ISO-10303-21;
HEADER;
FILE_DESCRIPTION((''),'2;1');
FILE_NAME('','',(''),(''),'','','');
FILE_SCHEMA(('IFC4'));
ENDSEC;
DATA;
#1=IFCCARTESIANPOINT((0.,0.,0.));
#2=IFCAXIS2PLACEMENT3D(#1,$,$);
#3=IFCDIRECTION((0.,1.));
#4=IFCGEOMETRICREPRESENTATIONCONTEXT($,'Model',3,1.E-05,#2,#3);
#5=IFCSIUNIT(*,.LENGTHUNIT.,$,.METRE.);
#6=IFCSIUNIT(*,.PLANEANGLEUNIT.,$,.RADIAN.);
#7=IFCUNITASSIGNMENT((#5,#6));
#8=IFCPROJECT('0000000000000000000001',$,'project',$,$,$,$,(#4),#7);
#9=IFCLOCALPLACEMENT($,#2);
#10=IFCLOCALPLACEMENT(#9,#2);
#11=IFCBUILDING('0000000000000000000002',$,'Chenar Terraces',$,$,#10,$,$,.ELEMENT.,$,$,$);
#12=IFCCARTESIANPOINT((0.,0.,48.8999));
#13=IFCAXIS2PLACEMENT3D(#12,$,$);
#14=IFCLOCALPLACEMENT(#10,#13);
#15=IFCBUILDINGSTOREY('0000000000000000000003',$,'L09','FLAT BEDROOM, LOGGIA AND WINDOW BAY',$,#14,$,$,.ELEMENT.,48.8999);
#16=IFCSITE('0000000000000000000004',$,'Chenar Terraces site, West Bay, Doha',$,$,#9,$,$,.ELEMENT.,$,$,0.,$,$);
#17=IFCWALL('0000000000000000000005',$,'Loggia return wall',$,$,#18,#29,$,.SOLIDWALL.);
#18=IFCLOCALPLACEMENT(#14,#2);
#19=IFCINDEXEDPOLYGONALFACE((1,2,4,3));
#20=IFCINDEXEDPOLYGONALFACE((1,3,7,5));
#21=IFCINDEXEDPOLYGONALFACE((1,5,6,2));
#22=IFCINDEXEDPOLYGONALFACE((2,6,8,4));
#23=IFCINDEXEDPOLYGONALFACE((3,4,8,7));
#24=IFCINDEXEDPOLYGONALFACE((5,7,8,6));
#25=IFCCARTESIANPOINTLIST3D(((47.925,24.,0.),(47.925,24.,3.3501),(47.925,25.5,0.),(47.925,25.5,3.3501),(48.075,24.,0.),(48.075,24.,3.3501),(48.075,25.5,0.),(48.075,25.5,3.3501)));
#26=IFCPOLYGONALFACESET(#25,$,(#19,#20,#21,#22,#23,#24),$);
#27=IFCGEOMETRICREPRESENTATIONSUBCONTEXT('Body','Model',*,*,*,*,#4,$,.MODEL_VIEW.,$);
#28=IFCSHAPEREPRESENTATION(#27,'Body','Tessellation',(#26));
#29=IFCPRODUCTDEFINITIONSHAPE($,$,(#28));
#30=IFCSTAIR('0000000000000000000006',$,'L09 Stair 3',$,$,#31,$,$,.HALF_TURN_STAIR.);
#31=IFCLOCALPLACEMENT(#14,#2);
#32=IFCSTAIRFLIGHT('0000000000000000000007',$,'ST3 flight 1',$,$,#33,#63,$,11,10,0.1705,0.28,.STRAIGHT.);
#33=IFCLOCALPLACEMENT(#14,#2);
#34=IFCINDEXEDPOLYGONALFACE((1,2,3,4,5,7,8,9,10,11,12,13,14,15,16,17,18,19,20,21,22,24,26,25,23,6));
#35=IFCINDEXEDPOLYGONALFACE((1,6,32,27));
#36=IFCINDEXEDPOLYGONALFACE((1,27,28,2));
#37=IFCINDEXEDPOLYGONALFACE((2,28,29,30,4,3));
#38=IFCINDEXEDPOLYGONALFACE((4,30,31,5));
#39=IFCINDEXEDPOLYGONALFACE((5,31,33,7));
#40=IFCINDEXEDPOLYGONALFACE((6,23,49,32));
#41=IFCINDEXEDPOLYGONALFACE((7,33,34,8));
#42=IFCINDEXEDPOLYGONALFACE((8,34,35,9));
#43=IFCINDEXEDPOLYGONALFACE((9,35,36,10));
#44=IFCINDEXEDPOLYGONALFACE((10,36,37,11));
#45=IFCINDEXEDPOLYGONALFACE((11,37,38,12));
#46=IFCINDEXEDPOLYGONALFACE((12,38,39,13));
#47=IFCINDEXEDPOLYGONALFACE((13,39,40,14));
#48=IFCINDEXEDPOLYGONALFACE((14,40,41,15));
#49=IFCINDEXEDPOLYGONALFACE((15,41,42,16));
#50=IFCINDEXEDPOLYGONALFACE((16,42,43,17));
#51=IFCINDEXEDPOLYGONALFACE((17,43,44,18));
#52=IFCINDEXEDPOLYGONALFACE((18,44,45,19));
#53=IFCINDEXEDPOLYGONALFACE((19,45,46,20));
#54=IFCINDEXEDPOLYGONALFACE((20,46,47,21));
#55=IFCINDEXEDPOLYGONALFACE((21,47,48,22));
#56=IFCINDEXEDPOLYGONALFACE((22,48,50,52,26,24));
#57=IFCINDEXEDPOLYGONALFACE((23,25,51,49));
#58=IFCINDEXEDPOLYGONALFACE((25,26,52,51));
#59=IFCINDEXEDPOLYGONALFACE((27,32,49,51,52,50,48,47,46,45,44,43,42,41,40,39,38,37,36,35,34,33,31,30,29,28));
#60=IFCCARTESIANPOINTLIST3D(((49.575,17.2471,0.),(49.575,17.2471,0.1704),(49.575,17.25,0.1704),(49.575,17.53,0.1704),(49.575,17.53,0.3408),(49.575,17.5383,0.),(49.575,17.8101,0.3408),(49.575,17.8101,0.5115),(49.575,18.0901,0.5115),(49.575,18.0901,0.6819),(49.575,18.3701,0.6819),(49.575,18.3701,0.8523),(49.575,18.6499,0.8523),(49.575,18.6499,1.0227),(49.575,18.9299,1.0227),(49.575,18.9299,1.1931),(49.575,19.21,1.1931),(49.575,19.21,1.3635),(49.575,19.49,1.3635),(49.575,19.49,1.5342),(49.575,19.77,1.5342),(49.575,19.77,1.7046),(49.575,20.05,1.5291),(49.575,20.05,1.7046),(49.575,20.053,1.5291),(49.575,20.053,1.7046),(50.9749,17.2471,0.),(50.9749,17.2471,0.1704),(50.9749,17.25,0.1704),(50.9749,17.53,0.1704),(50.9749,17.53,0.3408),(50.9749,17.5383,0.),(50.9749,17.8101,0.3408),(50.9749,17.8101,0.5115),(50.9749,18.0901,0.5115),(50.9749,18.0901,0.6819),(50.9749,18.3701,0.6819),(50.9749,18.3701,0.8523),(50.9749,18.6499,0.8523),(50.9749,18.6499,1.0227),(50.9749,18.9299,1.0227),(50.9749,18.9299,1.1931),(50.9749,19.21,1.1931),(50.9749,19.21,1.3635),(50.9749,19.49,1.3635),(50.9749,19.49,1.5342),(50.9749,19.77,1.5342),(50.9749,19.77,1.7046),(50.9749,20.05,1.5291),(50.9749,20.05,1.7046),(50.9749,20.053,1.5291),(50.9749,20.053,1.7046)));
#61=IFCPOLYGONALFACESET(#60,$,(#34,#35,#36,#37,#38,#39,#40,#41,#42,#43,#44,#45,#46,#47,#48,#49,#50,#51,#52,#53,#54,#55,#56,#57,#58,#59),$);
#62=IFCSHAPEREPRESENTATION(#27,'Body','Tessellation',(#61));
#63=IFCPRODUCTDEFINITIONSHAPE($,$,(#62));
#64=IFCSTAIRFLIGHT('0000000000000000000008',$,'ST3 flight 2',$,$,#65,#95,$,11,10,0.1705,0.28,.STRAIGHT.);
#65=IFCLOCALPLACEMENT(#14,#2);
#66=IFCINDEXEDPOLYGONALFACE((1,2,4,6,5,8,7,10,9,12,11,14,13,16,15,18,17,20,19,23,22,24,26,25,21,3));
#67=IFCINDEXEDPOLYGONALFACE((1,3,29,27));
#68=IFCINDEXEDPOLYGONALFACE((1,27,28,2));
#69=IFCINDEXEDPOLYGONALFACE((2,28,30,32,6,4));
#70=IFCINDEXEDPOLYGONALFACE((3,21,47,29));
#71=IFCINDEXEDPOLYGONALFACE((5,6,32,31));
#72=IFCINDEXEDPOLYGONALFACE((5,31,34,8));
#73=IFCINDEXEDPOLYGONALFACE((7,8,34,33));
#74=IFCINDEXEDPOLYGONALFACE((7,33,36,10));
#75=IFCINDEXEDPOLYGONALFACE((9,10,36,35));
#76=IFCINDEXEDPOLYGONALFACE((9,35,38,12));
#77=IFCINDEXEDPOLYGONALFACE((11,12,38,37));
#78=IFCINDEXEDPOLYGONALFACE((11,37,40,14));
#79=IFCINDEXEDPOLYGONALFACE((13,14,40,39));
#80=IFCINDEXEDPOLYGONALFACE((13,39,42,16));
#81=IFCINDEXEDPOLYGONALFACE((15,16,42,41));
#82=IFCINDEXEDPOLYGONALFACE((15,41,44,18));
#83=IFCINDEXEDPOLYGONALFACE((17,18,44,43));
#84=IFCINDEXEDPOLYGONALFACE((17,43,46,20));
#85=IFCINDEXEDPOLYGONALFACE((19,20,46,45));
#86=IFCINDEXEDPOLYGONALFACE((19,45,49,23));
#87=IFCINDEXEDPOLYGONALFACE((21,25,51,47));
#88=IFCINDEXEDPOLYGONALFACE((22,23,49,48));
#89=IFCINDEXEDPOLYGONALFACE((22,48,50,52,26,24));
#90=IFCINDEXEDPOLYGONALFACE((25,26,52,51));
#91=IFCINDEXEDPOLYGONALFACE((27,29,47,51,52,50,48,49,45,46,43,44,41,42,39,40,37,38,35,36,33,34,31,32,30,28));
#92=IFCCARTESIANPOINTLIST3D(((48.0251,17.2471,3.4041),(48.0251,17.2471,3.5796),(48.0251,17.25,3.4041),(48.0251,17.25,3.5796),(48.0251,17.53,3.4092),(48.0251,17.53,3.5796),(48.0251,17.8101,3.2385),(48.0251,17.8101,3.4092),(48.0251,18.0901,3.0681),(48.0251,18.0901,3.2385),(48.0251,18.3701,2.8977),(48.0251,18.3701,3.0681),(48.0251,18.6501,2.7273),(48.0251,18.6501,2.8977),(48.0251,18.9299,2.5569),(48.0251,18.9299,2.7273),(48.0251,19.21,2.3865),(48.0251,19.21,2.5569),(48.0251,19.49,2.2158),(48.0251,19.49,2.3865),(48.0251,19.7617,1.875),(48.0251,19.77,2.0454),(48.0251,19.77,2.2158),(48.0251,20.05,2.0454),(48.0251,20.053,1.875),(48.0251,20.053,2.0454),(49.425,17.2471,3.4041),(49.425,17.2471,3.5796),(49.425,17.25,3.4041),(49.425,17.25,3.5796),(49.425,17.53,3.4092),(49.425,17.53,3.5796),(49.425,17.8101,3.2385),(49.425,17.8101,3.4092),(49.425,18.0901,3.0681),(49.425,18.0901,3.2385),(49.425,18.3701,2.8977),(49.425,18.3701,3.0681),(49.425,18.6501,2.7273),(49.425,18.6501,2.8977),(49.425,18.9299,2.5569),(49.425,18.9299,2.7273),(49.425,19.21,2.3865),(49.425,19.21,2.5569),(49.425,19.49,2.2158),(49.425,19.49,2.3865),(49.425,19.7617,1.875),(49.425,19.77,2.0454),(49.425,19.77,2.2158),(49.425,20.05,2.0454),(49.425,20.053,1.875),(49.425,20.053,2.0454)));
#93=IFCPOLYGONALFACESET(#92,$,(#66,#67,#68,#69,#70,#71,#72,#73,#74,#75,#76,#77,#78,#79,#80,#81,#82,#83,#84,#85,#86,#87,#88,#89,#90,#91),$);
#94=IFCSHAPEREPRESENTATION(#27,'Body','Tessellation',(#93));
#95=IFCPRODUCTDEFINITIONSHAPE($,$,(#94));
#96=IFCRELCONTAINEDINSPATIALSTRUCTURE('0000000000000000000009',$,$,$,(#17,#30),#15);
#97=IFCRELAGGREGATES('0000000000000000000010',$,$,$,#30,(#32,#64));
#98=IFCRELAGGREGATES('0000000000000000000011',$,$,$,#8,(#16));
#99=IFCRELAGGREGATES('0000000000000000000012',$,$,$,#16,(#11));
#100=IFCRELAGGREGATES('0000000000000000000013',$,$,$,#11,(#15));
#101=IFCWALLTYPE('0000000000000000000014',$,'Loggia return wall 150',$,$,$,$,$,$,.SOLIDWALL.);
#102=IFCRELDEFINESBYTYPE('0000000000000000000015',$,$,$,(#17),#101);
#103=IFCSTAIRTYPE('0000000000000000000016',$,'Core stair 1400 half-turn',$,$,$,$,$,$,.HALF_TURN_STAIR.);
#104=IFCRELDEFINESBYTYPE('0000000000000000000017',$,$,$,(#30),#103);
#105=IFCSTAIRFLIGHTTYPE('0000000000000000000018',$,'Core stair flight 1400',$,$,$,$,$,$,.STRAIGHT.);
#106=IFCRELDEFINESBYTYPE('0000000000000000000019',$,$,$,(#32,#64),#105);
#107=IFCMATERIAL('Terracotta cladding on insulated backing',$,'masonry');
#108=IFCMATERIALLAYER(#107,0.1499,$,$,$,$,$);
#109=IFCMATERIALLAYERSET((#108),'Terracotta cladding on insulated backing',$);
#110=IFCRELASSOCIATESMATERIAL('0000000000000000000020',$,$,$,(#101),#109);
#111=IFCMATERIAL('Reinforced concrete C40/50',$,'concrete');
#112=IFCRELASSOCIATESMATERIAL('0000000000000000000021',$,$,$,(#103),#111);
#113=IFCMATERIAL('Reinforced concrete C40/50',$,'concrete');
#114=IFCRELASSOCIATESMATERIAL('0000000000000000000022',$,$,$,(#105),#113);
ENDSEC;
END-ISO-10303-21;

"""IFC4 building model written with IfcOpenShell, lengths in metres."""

from ifc_helpers import new_model, si_unit, direction, frame, frame_2d, origin, place, context, subcontext, project, spatial, polyline, rectangle, outline, extrude, material, layer, layer_set, type_object, element, aggregate, save


model = new_model("IFC4")

# Units and contexts
model_context = context("Model", 3, precision=1e-05, world=origin(), true_north=direction((0.0, 1.0)))
body_context = subcontext(model_context, "Body", "Model", "MODEL_VIEW")
ifc_project = project(units=[si_unit("LENGTHUNIT", "METRE"), si_unit("PLANEANGLEUNIT", "RADIAN")], contexts=[model_context])

# Site, building, storey
site_placement = place(None, origin())
site = spatial("IfcSite", under=ifc_project, at=site_placement, Name="Chenar Terraces site, West Bay, Doha", CompositionType="ELEMENT", RefElevation=0.0)
building_placement = place(site_placement, origin())
building = spatial("IfcBuilding", under=site, at=building_placement, Name="Chenar Terraces", CompositionType="ELEMENT")
storey_placement = place(building_placement, frame((0.0, 0.0, 48.8999)))
storey = spatial("IfcBuildingStorey", under=building, at=storey_placement, Name="L09", Description="FLAT BEDROOM, LOGGIA AND WINDOW BAY", CompositionType="ELEMENT", Elevation=48.8999)

# Wall
ifc_material_1 = material(Name="Terracotta cladding on insulated backing", Category="masonry")
ifc_layer_1 = layer(ifc_material_1, 0.1499)
ifc_layer_set_1 = layer_set([ifc_layer_1], Name="Terracotta cladding on insulated backing")
wall_type_1 = type_object("IfcWallType", Name="Loggia return wall 150", PredefinedType="SOLIDWALL", material=ifc_layer_set_1)
wall_1_placement = place(storey_placement, frame((48.0, 25.5, 0.0), z_axis=(0.0, 0.0, 1.0), x_axis=(0.0, -1.0, 0.0)))
element("IfcWall", 1, at=wall_1_placement, inside=storey, type_object=wall_type_1, Name="Loggia return wall", PredefinedType="SOLIDWALL", context=body_context, shape_type="SweptSolid", body=[
    extrude(rectangle(XDim=1.5, YDim=0.1499, at=frame_2d((0.75, 0.0))), origin(), (0.0, 0.0, 1.0), 3.3501),
])

# Stair, stair flights
ifc_material_2 = material(Name="Reinforced concrete C40/50", Category="concrete")
stair_type = type_object("IfcStairType", Name="Core stair 1400 half-turn", PredefinedType="HALF_TURN_STAIR", material=ifc_material_2)
stair_placement = place(storey_placement, origin())
stair = element("IfcStair", 2, at=stair_placement, inside=storey, type_object=stair_type, Name="L09 Stair 3", PredefinedType="HALF_TURN_STAIR")
ifc_material_3 = material(Name="Reinforced concrete C40/50", Category="concrete")
stair_flight_type = type_object("IfcStairFlightType", Name="Core stair flight 1400", PredefinedType="STRAIGHT", material=ifc_material_3)
stair_flight_1_placement = place(storey_placement, frame((50.2749, 17.25, 0.0), z_axis=(0.0, 0.0, 1.0), x_axis=(0.0, 1.0, 0.0)))
stair_flight_1 = element("IfcStairFlight", 3, at=stair_flight_1_placement, type_object=stair_flight_type, Name="ST3 flight 1", NumberOfRisers=11, NumberOfTreads=10, PredefinedType="STRAIGHT", RiserHeight=0.1705, TreadLength=0.28, context=body_context, shape_type="SweptSolid", body=[
    extrude(outline(polyline([(-0.0029, 0.0), (-0.0029, 0.1704), (0.0, 0.1704), (0.28, 0.1704), (0.28, 0.3408), (0.5601, 0.3408), (0.5601, 0.5115), (0.8401, 0.5115), (0.8401, 0.6819), (1.1201, 0.6819), (1.1201, 0.8523), (1.3999, 0.8523), (1.3999, 1.0227), (1.6799, 1.0227), (1.6799, 1.1931), (1.96, 1.1931), (1.96, 1.3635), (2.24, 1.3635), (2.24, 1.5342), (2.52, 1.5342), (2.52, 1.7046), (2.8, 1.7046), (2.803, 1.7046), (2.803, 1.5291), (2.8, 1.5291), (0.2883, 0.0), (-0.0029, 0.0)])), frame((0.0, 0.7, 0.0), z_axis=(0.0, -1.0, 0.0), x_axis=(1.0, 0.0, 0.0)), (0.0, 0.0, 1.0), 1.3999),
])
stair_flight_2_placement = place(storey_placement, frame((48.7251, 20.05, 1.875), z_axis=(0.0, 0.0, 1.0), x_axis=(0.0, -1.0, 0.0)))
stair_flight_2 = element("IfcStairFlight", 4, at=stair_flight_2_placement, type_object=stair_flight_type, Name="ST3 flight 2", NumberOfRisers=11, NumberOfTreads=10, PredefinedType="STRAIGHT", RiserHeight=0.1705, TreadLength=0.28, context=body_context, shape_type="SweptSolid", body=[
    extrude(outline(polyline([(-0.0029, 0.0), (-0.0029, 0.1704), (0.0, 0.1704), (0.28, 0.1704), (0.28, 0.3408), (0.5601, 0.3408), (0.5601, 0.5115), (0.8401, 0.5115), (0.8401, 0.6819), (1.1201, 0.6819), (1.1201, 0.8523), (1.3999, 0.8523), (1.3999, 1.0227), (1.6799, 1.0227), (1.6799, 1.1931), (1.96, 1.1931), (1.96, 1.3635), (2.24, 1.3635), (2.24, 1.5342), (2.52, 1.5342), (2.52, 1.7046), (2.8, 1.7046), (2.803, 1.7046), (2.803, 1.5291), (2.8, 1.5291), (0.2883, 0.0), (-0.0029, 0.0)])), frame((0.0, 0.7, 0.0), z_axis=(0.0, -1.0, 0.0), x_axis=(1.0, 0.0, 0.0)), (0.0, 0.0, 1.0), 1.3999),
])
aggregate(stair, [stair_flight_1, stair_flight_2])

save(model, "model.ifc")
